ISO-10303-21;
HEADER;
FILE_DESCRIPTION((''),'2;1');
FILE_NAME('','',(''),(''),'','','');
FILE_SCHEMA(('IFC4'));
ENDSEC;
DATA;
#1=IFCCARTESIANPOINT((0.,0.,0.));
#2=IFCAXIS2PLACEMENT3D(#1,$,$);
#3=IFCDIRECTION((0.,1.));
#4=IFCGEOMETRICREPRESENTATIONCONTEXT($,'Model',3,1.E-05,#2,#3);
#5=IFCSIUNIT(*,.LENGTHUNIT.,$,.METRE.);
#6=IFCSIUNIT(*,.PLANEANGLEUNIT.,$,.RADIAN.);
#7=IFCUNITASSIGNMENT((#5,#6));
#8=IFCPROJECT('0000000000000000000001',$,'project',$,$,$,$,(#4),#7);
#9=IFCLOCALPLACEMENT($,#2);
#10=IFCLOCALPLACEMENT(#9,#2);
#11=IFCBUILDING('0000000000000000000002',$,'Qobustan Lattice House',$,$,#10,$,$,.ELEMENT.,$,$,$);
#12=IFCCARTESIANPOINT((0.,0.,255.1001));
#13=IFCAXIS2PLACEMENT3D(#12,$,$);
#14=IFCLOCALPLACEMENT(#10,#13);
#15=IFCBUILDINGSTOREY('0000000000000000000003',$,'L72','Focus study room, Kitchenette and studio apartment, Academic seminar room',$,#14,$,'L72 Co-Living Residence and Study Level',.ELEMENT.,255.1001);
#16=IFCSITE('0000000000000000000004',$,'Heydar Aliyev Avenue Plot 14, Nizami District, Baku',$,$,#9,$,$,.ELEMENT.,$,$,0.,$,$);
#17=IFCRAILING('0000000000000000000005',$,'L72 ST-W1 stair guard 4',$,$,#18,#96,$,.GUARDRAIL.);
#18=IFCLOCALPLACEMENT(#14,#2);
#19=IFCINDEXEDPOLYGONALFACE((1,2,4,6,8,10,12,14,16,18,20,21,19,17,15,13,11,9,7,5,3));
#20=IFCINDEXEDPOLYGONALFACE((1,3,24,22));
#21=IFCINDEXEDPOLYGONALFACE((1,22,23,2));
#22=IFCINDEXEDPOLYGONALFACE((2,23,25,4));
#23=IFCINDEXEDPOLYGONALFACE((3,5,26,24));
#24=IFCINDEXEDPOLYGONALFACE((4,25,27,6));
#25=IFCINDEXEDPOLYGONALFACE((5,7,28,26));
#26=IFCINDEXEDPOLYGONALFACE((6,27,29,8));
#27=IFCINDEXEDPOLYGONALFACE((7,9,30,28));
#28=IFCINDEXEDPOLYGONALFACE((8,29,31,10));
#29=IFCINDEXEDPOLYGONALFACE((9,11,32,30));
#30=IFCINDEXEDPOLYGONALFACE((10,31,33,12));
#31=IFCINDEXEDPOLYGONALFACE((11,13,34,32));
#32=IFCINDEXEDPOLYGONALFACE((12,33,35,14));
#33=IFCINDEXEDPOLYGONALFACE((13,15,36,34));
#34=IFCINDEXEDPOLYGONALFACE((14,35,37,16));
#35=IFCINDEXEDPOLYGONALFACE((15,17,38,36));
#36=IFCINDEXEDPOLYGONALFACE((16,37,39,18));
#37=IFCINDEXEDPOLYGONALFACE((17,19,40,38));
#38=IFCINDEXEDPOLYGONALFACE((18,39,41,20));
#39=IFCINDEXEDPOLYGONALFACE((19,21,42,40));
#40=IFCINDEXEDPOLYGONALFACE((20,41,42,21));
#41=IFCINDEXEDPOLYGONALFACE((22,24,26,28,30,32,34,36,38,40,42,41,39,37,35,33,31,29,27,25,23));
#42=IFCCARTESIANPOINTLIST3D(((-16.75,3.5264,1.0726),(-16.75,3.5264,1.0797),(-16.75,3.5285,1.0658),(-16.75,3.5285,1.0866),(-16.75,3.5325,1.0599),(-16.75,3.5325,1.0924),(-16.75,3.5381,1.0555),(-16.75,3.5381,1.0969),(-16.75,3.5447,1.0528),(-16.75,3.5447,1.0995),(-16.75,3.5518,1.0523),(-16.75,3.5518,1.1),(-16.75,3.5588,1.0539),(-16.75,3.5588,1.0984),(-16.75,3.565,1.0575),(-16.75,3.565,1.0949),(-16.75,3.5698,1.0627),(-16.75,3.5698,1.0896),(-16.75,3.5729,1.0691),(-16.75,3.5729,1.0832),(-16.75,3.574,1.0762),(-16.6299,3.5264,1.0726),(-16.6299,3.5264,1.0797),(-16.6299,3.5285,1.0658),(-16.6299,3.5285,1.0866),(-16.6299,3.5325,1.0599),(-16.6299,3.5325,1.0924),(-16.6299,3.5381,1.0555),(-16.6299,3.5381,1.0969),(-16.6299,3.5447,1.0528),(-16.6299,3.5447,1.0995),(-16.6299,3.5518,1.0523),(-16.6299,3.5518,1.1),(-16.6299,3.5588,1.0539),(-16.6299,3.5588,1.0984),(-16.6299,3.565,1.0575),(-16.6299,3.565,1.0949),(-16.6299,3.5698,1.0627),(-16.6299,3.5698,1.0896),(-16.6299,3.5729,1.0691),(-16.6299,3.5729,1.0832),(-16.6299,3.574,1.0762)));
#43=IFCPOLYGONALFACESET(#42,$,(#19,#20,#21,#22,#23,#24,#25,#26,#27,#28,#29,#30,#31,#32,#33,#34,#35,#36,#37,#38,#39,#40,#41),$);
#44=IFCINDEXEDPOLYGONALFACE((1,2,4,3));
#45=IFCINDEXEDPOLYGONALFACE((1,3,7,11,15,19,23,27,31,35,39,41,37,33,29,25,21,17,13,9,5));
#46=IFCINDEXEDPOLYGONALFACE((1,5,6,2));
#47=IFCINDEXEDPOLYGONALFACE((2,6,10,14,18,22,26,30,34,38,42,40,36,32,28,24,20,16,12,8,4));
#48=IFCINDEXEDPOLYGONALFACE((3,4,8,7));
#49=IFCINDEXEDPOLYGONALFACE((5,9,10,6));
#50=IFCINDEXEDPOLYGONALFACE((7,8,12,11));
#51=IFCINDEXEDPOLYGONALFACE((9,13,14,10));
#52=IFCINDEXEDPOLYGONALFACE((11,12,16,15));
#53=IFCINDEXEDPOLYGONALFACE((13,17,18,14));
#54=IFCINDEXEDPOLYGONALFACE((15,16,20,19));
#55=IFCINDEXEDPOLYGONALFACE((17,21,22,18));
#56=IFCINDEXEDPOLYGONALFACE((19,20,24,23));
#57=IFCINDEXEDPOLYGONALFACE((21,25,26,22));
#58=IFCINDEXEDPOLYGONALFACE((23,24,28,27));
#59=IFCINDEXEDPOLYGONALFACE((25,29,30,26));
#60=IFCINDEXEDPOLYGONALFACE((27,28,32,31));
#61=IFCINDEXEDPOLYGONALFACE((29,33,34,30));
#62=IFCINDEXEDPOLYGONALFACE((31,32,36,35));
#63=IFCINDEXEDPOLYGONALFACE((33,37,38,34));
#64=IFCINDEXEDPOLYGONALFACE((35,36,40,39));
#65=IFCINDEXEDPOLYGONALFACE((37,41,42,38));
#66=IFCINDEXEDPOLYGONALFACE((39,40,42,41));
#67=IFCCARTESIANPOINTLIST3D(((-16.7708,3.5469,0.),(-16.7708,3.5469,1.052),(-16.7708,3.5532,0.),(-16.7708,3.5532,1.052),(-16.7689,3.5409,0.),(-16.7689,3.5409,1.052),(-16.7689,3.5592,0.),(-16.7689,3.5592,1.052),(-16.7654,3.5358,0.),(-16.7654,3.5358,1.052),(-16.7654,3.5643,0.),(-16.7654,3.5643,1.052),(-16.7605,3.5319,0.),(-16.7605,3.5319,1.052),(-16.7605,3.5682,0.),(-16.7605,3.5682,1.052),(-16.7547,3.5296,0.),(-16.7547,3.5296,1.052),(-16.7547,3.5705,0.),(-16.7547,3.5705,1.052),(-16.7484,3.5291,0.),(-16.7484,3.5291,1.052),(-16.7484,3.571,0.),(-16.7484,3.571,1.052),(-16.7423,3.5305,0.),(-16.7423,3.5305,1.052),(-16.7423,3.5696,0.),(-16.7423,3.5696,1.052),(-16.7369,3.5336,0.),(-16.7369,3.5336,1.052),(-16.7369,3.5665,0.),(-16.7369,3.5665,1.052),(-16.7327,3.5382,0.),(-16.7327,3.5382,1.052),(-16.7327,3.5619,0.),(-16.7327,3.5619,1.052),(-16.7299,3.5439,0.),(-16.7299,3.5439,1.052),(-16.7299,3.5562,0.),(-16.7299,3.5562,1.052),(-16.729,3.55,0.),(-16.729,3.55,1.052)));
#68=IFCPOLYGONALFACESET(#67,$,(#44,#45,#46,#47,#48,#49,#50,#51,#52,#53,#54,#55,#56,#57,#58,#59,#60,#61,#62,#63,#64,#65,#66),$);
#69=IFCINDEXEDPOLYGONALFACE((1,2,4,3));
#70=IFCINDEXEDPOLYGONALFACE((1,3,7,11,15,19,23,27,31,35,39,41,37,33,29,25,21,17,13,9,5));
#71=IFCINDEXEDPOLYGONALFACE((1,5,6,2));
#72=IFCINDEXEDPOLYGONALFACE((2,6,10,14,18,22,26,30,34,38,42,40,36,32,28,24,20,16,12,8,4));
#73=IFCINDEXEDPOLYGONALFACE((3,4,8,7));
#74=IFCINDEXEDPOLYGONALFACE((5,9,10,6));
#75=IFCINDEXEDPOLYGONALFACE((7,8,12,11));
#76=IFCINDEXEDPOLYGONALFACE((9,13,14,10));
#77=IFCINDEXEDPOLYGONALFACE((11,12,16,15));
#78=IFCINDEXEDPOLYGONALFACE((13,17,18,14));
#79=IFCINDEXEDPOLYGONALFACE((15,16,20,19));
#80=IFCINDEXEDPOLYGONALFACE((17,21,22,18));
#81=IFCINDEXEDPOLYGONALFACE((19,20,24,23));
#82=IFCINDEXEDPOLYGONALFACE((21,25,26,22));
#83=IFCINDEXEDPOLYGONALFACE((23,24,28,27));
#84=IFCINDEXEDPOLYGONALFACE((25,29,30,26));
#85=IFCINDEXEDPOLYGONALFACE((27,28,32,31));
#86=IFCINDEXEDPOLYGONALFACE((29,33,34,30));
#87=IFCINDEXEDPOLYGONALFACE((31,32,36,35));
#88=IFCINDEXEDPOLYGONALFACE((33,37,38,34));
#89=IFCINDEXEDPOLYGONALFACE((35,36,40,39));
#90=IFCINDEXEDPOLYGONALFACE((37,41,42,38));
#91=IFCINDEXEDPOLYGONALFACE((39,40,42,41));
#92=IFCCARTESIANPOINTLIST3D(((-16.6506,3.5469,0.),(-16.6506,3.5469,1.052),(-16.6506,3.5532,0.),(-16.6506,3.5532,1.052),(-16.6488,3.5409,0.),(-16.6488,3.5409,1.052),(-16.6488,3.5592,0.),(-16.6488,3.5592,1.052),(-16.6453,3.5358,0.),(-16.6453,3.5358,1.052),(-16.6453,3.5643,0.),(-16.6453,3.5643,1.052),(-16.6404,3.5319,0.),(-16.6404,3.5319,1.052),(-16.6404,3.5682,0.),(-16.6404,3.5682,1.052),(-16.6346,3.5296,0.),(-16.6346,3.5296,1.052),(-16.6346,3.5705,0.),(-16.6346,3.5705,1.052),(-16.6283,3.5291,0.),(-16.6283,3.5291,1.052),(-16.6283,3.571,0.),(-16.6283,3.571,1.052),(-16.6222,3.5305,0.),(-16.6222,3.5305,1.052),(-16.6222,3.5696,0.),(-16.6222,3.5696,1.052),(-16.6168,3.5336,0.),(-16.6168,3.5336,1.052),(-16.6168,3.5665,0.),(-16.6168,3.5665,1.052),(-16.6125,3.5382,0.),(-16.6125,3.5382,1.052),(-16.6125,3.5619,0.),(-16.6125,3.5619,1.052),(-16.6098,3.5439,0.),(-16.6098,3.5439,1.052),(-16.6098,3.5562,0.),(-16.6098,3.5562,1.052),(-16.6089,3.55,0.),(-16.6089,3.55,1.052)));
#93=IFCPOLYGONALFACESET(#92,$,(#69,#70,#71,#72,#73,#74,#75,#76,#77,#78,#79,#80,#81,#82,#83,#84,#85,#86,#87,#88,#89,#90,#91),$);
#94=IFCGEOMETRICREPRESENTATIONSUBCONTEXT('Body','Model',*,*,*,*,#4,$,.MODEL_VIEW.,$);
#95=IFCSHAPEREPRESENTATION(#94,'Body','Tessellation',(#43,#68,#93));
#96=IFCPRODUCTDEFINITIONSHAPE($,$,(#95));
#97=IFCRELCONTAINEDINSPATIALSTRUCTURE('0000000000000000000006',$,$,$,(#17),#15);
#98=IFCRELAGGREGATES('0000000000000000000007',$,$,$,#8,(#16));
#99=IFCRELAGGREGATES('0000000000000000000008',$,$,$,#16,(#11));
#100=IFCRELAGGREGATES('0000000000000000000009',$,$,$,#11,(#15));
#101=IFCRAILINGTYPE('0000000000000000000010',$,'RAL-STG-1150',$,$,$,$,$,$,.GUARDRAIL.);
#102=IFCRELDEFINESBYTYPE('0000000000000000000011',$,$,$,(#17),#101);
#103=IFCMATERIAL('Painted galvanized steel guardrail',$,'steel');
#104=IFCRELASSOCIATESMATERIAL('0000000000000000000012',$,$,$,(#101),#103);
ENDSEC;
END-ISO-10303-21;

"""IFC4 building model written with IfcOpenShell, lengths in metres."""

from ifc_helpers import new_model, si_unit, direction, frame, origin, origin_2d, place, context, subcontext, project, spatial, circle, extrude, material, type_object, element, save


model = new_model("IFC4")

# Units and contexts
model_context = context("Model", 3, precision=1e-05, world=origin(), true_north=direction((0.0, 1.0)))
body_context = subcontext(model_context, "Body", "Model", "MODEL_VIEW")
ifc_project = project(units=[si_unit("LENGTHUNIT", "METRE"), si_unit("PLANEANGLEUNIT", "RADIAN")], contexts=[model_context])

# Site, building, storey
site_placement = place(None, origin())
site = spatial("IfcSite", under=ifc_project, at=site_placement, Name="Heydar Aliyev Avenue Plot 14, Nizami District, Baku", CompositionType="ELEMENT", RefElevation=0.0)
building_placement = place(site_placement, origin())
building = spatial("IfcBuilding", under=site, at=building_placement, Name="Qobustan Lattice House", CompositionType="ELEMENT")
storey_placement = place(building_placement, frame((0.0, 0.0, 255.1001)))
storey = spatial("IfcBuildingStorey", under=building, at=storey_placement, Name="L72", Description="Focus study room, Kitchenette and studio apartment, Academic seminar room", LongName="L72 Co-Living Residence and Study Level", CompositionType="ELEMENT", Elevation=255.1001)

# Railing
ifc_material_1 = material(Name="Painted galvanized steel guardrail", Category="steel")
railing_type = type_object("IfcRailingType", Name="RAL-STG-1150", PredefinedType="GUARDRAIL", material=ifc_material_1)
railing_1_placement = place(storey_placement, frame((-16.75, 3.55, 0.0)))
element("IfcRailing", 1, at=railing_1_placement, inside=storey, type_object=railing_type, Name="L72 ST-W1 stair guard 4", PredefinedType="GUARDRAIL", context=body_context, shape_type="SweptSolid", body=[
    extrude(circle(Radius=0.0239, at=origin_2d()), frame((0.0, 0.0, 1.0762), z_axis=(1.0, 0.0, 0.0), x_axis=(0.0, 1.0, 0.0)), (0.0, 0.0, 1.0), 0.1201),
    extrude(circle(Radius=0.021, at=origin_2d()), origin(), (0.0, 0.0, 1.0), 1.052),
    extrude(circle(Radius=0.021, at=origin_2d()), frame((0.1201, 0.0, 0.0)), (0.0, 0.0, 1.0), 1.052),
])

save(model, "model.ifc")
